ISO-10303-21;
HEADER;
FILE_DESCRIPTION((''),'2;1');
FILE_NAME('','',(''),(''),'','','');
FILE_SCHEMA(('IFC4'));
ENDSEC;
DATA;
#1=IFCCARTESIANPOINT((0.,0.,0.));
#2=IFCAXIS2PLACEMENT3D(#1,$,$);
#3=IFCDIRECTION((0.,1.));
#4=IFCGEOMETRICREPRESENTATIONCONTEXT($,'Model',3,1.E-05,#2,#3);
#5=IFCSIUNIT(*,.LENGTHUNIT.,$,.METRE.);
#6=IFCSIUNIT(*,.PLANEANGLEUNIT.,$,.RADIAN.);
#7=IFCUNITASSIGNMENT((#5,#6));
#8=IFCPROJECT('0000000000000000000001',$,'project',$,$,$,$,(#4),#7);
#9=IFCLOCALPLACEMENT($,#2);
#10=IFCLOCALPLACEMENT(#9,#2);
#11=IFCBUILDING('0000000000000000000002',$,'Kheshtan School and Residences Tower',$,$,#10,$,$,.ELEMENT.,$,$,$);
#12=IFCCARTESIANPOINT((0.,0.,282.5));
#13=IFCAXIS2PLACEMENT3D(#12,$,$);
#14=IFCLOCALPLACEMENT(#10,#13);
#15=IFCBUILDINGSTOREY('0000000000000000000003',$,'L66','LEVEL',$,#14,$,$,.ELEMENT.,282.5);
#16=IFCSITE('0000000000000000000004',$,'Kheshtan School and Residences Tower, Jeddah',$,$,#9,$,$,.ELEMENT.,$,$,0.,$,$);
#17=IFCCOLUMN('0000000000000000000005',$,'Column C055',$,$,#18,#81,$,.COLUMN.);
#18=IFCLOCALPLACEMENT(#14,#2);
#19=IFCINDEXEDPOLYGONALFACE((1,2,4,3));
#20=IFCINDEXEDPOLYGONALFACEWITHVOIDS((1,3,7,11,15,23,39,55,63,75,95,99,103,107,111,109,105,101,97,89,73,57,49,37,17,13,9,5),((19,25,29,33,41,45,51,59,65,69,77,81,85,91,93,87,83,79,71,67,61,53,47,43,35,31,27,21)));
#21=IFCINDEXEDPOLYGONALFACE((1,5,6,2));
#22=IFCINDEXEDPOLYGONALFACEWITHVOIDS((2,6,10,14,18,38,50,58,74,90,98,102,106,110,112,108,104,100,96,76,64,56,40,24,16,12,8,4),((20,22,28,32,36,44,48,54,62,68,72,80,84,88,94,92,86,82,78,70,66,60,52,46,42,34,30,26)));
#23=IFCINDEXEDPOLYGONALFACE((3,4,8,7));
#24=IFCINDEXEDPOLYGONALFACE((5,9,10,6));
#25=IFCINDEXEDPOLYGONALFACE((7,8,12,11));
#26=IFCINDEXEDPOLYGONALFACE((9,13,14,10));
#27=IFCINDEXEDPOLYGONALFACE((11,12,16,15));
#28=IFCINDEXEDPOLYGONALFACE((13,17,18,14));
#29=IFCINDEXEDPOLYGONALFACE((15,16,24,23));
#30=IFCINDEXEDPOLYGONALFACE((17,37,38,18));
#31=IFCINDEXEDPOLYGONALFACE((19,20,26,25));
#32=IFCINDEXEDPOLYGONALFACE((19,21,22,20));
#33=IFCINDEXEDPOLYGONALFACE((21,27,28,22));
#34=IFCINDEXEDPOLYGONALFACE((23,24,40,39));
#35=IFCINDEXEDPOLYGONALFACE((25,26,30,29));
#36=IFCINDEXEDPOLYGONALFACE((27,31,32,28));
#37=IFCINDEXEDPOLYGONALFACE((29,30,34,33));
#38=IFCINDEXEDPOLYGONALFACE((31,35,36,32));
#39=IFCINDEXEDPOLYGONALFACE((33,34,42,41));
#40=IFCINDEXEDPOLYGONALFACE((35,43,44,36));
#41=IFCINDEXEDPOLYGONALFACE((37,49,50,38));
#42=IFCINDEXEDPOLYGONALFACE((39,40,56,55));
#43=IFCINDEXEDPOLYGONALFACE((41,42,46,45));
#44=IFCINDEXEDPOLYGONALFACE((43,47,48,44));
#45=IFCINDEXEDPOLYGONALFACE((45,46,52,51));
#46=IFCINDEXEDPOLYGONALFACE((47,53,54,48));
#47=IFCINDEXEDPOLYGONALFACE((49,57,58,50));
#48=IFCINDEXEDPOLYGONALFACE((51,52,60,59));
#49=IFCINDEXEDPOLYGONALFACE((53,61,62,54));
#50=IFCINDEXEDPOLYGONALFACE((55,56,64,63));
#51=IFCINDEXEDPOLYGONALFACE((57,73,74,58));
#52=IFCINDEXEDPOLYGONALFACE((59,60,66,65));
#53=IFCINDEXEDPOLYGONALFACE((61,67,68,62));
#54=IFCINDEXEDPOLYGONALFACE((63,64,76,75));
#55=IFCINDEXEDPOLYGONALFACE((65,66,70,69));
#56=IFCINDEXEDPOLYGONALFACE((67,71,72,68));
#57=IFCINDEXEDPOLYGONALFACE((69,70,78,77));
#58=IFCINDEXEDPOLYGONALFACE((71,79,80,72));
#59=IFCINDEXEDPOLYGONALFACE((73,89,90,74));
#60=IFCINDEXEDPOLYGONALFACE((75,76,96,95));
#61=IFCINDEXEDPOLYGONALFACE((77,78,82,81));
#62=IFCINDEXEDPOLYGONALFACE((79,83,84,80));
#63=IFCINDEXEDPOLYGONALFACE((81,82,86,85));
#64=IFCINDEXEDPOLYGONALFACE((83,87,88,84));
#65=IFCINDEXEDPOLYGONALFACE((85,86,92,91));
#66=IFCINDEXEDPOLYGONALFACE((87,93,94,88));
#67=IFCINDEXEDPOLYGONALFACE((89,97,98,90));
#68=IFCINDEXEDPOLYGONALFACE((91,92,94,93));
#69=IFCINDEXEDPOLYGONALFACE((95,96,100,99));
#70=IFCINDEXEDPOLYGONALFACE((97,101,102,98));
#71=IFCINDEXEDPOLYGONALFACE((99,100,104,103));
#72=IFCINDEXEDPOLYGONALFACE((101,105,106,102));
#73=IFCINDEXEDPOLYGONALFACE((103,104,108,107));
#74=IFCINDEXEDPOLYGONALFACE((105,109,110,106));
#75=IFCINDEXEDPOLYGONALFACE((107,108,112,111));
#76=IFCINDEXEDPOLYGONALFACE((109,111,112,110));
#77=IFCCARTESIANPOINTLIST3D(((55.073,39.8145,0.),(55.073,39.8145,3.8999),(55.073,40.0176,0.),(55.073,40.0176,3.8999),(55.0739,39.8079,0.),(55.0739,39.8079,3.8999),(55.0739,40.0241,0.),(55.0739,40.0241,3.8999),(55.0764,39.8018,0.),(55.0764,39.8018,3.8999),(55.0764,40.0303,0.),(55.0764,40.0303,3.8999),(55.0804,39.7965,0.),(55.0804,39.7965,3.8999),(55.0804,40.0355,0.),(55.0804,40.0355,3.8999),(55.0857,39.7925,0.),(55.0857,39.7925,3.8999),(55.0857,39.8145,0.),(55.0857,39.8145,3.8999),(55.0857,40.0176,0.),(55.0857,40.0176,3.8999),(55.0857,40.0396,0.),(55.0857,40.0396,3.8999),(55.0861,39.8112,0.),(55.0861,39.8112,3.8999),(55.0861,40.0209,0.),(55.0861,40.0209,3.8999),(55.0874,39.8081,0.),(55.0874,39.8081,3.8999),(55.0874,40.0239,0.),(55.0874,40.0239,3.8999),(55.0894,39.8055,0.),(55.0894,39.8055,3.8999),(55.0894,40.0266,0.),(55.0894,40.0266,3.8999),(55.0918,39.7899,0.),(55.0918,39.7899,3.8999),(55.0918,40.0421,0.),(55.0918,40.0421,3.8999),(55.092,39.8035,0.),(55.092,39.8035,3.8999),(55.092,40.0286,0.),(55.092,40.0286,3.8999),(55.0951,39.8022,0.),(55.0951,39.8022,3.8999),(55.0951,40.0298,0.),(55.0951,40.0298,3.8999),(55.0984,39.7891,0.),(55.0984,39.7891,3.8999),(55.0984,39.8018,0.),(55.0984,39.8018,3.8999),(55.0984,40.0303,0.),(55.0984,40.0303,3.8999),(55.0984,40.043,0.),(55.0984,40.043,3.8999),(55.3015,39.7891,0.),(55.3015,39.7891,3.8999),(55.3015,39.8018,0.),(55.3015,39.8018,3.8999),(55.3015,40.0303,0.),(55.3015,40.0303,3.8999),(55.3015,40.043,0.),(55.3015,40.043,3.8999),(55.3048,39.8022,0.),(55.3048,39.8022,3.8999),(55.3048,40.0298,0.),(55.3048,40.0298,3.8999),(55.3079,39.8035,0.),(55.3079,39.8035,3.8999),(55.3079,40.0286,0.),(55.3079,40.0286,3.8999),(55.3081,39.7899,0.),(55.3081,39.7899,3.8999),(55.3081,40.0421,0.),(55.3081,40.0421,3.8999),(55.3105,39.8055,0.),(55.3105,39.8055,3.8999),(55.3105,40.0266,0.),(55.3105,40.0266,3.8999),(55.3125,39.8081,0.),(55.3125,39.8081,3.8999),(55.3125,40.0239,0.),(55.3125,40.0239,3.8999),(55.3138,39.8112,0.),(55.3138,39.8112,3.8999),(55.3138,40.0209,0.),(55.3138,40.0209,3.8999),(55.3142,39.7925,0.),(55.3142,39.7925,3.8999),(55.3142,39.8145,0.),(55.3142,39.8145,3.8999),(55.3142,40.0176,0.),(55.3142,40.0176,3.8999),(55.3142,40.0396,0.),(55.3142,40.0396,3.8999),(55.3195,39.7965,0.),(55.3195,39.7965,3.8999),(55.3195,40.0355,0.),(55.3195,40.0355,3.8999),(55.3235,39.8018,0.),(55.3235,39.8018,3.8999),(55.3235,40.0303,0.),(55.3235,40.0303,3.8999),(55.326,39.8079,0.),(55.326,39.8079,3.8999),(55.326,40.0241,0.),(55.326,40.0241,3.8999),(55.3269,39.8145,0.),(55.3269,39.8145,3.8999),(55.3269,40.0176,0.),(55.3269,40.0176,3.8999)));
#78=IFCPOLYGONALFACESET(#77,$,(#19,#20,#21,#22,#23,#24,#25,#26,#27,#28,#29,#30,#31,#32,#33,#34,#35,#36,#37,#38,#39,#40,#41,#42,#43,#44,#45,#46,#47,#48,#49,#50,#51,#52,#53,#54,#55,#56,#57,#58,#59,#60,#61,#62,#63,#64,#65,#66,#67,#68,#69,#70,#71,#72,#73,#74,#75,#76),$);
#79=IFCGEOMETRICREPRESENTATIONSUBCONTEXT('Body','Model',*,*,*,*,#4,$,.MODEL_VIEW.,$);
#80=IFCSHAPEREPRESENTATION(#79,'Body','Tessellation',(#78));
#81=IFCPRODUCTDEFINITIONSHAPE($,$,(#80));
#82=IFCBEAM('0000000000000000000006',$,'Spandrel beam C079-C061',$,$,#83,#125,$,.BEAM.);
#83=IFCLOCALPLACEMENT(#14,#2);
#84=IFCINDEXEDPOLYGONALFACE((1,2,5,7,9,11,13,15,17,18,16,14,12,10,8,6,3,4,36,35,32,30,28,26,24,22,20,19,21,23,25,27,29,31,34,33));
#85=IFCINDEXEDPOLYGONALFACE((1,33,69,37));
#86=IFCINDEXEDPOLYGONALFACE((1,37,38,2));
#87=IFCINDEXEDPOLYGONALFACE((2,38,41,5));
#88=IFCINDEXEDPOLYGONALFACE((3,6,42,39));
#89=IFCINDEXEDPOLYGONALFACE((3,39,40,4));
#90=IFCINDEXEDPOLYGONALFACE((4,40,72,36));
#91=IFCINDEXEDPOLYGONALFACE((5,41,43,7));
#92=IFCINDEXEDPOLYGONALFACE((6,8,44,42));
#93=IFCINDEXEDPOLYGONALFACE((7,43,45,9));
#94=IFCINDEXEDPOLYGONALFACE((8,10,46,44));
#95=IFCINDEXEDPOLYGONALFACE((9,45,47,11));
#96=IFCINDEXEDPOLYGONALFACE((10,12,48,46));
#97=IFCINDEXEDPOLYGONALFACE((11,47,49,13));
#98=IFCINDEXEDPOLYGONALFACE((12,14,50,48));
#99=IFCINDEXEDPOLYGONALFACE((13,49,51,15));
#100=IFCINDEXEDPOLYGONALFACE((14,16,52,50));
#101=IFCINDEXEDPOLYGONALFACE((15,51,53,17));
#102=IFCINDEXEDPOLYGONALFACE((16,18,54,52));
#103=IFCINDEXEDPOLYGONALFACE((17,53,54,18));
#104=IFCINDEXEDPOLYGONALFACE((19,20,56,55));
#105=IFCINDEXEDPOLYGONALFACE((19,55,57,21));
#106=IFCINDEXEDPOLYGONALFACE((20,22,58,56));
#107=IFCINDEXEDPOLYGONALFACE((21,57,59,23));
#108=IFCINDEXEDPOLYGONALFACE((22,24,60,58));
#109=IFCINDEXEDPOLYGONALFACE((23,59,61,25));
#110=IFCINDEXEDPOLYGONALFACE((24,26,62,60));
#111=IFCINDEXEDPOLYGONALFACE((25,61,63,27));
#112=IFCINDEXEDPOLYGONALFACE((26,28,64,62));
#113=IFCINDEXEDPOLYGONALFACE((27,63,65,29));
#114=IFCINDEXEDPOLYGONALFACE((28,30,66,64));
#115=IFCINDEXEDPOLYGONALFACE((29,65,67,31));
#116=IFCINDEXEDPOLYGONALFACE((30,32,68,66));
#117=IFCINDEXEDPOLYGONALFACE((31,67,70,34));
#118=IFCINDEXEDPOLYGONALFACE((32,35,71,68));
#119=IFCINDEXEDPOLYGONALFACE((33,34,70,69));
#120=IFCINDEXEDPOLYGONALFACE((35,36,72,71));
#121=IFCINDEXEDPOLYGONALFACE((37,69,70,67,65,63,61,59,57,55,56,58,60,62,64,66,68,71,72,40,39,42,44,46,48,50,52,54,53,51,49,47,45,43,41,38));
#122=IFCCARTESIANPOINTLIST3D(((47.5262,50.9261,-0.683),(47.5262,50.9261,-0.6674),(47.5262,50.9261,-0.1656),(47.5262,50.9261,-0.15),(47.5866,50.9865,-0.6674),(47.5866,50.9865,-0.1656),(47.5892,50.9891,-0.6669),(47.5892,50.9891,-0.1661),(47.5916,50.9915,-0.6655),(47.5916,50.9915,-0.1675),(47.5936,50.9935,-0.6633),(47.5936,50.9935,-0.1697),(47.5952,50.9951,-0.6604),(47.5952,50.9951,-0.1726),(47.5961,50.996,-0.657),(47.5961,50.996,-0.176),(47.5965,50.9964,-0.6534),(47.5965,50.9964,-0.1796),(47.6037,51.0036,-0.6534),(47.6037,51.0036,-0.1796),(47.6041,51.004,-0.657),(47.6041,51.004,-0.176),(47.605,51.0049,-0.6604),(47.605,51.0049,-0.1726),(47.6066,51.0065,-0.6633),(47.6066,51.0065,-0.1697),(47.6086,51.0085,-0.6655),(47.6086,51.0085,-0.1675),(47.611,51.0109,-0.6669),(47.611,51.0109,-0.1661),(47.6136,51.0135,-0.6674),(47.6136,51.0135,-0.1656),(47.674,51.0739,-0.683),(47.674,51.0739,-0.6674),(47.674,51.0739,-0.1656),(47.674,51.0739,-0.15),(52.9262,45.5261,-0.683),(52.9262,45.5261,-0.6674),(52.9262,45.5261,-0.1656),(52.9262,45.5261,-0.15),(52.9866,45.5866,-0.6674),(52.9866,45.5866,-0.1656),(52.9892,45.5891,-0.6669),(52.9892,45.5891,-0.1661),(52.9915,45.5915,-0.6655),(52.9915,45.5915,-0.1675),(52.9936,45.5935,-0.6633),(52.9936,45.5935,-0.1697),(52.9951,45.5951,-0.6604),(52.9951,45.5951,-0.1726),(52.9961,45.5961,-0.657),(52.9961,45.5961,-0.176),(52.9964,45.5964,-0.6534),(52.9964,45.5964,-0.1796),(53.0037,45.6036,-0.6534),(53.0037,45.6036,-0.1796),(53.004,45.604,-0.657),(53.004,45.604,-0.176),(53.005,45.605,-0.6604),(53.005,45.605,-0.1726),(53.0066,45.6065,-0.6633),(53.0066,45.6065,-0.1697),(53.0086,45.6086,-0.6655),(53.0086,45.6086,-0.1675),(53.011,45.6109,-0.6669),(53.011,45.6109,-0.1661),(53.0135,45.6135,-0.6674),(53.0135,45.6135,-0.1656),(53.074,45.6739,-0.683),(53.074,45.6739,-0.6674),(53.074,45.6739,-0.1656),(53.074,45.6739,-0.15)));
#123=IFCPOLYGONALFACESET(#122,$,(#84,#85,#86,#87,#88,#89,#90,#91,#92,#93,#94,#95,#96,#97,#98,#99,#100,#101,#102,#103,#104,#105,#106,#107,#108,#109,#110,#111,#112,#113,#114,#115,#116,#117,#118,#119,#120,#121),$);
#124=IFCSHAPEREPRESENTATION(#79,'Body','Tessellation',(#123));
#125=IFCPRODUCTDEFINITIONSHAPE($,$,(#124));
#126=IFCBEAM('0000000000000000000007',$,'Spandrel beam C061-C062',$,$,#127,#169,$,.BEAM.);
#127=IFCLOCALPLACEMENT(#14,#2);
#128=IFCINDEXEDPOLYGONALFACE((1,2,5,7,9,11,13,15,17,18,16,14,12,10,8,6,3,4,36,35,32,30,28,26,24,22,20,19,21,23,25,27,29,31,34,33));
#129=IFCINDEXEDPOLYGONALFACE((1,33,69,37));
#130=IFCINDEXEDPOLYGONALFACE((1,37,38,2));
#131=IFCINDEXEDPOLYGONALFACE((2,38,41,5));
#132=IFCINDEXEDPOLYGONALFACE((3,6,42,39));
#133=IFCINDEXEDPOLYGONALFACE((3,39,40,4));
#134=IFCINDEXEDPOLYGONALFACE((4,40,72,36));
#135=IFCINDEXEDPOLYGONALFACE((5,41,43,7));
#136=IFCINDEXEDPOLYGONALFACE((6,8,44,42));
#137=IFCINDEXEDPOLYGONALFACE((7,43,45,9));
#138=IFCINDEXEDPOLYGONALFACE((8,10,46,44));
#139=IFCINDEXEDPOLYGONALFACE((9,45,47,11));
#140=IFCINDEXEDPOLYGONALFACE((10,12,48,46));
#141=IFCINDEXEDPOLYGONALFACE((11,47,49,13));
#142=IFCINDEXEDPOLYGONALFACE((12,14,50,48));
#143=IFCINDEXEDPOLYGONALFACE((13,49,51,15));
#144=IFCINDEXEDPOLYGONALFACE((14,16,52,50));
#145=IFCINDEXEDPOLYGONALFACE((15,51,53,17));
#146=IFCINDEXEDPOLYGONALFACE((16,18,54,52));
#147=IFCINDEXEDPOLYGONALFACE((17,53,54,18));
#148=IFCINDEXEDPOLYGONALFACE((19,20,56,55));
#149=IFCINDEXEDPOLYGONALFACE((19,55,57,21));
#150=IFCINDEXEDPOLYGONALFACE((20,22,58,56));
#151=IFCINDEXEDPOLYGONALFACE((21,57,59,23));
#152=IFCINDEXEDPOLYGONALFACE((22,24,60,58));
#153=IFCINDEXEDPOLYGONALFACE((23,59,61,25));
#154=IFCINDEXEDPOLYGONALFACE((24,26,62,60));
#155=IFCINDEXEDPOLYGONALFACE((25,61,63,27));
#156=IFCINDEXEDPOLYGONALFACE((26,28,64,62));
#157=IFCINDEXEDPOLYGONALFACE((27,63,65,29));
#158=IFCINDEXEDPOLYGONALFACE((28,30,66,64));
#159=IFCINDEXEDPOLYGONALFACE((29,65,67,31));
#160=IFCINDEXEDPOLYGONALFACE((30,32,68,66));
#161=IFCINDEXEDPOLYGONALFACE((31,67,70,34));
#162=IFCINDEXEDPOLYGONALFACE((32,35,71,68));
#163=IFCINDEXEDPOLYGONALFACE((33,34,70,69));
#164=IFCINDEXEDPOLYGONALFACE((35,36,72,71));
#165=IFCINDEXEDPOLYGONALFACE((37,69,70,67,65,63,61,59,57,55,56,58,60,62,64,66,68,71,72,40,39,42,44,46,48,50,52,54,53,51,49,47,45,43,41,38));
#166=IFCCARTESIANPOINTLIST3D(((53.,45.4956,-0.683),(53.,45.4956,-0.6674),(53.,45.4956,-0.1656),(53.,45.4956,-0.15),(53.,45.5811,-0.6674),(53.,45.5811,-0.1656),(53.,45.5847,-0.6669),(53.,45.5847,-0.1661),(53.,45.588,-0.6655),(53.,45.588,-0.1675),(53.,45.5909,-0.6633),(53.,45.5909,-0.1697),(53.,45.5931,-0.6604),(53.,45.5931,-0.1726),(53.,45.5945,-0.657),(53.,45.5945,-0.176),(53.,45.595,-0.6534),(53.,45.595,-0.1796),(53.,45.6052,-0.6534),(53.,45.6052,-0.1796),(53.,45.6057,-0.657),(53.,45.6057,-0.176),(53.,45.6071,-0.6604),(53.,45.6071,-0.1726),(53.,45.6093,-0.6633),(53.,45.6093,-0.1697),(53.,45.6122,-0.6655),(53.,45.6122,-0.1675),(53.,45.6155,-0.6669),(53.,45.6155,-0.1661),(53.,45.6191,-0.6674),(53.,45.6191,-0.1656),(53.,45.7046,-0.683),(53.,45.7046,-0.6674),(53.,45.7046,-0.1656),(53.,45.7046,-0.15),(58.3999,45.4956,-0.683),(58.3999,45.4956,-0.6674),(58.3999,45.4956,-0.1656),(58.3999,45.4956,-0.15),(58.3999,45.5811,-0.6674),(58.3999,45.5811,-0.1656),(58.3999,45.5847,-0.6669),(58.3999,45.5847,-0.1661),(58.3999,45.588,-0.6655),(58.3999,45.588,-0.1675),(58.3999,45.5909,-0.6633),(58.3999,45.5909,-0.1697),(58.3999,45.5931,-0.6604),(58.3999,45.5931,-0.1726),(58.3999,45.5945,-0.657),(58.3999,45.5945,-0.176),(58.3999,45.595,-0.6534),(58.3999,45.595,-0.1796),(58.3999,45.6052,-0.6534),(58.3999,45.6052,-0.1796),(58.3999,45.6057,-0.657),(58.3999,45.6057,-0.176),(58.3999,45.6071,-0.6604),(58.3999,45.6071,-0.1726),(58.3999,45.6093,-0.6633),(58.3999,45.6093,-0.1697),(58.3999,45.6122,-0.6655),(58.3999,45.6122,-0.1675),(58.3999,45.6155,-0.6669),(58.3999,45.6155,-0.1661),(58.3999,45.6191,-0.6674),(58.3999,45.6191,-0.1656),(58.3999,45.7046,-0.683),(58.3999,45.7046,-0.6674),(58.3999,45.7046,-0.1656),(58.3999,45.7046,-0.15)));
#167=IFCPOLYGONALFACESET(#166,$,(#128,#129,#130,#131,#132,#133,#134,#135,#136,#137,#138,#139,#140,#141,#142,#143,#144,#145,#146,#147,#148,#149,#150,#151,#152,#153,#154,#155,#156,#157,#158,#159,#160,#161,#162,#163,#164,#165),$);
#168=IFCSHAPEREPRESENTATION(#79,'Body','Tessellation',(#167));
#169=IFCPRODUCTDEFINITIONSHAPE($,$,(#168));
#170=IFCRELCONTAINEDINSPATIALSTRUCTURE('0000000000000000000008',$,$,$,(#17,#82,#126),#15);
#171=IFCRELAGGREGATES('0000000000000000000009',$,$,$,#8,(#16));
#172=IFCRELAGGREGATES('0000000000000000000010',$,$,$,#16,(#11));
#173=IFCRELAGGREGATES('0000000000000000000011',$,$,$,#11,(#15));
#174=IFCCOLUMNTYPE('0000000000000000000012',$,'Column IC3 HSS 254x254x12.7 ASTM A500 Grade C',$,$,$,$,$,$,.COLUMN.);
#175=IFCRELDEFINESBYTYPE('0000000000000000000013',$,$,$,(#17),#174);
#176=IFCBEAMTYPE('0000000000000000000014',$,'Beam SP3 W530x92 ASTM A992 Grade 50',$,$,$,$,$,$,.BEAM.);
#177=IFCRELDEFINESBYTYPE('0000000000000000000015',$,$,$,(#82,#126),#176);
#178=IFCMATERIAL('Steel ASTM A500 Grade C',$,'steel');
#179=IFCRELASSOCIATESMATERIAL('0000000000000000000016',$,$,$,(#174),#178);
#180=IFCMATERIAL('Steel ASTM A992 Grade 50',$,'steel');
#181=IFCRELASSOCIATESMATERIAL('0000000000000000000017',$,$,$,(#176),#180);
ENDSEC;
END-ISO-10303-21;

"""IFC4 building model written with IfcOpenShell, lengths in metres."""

from ifc_helpers import new_model, si_unit, direction, frame, origin, origin_2d, place, context, subcontext, project, spatial, hollow_rectangle, i_section, extrude, material, material_profile, profile_set, type_object, element, save


model = new_model("IFC4")

# Units and contexts
model_context = context("Model", 3, precision=1e-05, world=origin(), true_north=direction((0.0, 1.0)))
body_context = subcontext(model_context, "Body", "Model", "MODEL_VIEW")
ifc_project = project(units=[si_unit("LENGTHUNIT", "METRE"), si_unit("PLANEANGLEUNIT", "RADIAN")], contexts=[model_context])

# Site, building, storey
site_placement = place(None, origin())
site = spatial("IfcSite", under=ifc_project, at=site_placement, Name="Kheshtan School and Residences Tower, Jeddah", CompositionType="ELEMENT", RefElevation=0.0)
building_placement = place(site_placement, origin())
building = spatial("IfcBuilding", under=site, at=building_placement, Name="Kheshtan School and Residences Tower", CompositionType="ELEMENT")
storey_placement = place(building_placement, frame((0.0, 0.0, 282.5)))
storey = spatial("IfcBuildingStorey", under=building, at=storey_placement, Name="L66", Description="LEVEL", CompositionType="ELEMENT", Elevation=282.5)

# Column
ifc_material_1 = material(Name="Steel ASTM A992 Grade 50", Category="steel")
ifc_material_2 = material(Name="Steel ASTM A500 Grade C", Category="steel")
ifc_material_profile_1 = material_profile(ifc_material_2, hollow_rectangle(XDim=0.2539, YDim=0.2539, WallThickness=0.0127, InnerFilletRadius=0.0127, OuterFilletRadius=0.0254, at=origin_2d()), Name="HSS 254x254x12.7")
ifc_profile_set_1 = profile_set([ifc_material_profile_1], Name="Steel ASTM A500 Grade C")
column_type_1 = type_object("IfcColumnType", Name="Column IC3 HSS 254x254x12.7 ASTM A500 Grade C", PredefinedType="COLUMN", material=ifc_profile_set_1)
column_placement = place(storey_placement, frame((55.2, 39.916, 0.0), z_axis=(0.0, 0.0, 1.0), x_axis=(1.0, 0.0, 0.0)))
element("IfcColumn", 1, at=column_placement, inside=storey, type_object=column_type_1, Name="Column C055", PredefinedType="COLUMN", context=body_context, shape_type="SweptSolid", body=[
    extrude(hollow_rectangle(XDim=0.2539, YDim=0.2539, WallThickness=0.0127, InnerFilletRadius=0.0127, OuterFilletRadius=0.0254, at=origin_2d()), origin(), (0.0, 0.0, 1.0), 3.8999),
])

# Beams
ifc_material_profile_2 = material_profile(ifc_material_1, i_section(OverallWidth=0.209, OverallDepth=0.533, WebThickness=0.0103, FlangeThickness=0.0156, FilletRadius=0.0139, at=origin_2d()), Name="W530x92")
ifc_profile_set_2 = profile_set([ifc_material_profile_2], Name="Steel ASTM A992 Grade 50")
beam_type_1 = type_object("IfcBeamType", Name="Beam SP3 W530x92 ASTM A992 Grade 50", PredefinedType="BEAM", material=ifc_profile_set_2)
beam_1_placement = place(storey_placement, frame((47.6001, 51.0, -0.4165), z_axis=(0.707107, -0.707107, 0.0), x_axis=(0.707107, 0.707107, 0.0)))
element("IfcBeam", 2, at=beam_1_placement, inside=storey, type_object=beam_type_1, Name="Spandrel beam C079-C061", PredefinedType="BEAM", context=body_context, shape_type="SweptSolid", body=[
    extrude(i_section(OverallWidth=0.209, OverallDepth=0.533, WebThickness=0.0103, FlangeThickness=0.0156, FilletRadius=0.0139, at=origin_2d()), origin(), (0.0, 0.0, 1.0), 7.6367),
])
beam_2_placement = place(storey_placement, frame((53.0, 45.6001, -0.4165), z_axis=(1.0, 0.0, 0.0), x_axis=(0.0, 1.0, 0.0)))
element("IfcBeam", 3, at=beam_2_placement, inside=storey, type_object=beam_type_1, Name="Spandrel beam C061-C062", PredefinedType="BEAM", context=body_context, shape_type="SweptSolid", body=[
    extrude(i_section(OverallWidth=0.209, OverallDepth=0.533, WebThickness=0.0103, FlangeThickness=0.0156, FilletRadius=0.0139, at=origin_2d()), origin(), (0.0, 0.0, 1.0), 5.3999),
])

save(model, "model.ifc")
